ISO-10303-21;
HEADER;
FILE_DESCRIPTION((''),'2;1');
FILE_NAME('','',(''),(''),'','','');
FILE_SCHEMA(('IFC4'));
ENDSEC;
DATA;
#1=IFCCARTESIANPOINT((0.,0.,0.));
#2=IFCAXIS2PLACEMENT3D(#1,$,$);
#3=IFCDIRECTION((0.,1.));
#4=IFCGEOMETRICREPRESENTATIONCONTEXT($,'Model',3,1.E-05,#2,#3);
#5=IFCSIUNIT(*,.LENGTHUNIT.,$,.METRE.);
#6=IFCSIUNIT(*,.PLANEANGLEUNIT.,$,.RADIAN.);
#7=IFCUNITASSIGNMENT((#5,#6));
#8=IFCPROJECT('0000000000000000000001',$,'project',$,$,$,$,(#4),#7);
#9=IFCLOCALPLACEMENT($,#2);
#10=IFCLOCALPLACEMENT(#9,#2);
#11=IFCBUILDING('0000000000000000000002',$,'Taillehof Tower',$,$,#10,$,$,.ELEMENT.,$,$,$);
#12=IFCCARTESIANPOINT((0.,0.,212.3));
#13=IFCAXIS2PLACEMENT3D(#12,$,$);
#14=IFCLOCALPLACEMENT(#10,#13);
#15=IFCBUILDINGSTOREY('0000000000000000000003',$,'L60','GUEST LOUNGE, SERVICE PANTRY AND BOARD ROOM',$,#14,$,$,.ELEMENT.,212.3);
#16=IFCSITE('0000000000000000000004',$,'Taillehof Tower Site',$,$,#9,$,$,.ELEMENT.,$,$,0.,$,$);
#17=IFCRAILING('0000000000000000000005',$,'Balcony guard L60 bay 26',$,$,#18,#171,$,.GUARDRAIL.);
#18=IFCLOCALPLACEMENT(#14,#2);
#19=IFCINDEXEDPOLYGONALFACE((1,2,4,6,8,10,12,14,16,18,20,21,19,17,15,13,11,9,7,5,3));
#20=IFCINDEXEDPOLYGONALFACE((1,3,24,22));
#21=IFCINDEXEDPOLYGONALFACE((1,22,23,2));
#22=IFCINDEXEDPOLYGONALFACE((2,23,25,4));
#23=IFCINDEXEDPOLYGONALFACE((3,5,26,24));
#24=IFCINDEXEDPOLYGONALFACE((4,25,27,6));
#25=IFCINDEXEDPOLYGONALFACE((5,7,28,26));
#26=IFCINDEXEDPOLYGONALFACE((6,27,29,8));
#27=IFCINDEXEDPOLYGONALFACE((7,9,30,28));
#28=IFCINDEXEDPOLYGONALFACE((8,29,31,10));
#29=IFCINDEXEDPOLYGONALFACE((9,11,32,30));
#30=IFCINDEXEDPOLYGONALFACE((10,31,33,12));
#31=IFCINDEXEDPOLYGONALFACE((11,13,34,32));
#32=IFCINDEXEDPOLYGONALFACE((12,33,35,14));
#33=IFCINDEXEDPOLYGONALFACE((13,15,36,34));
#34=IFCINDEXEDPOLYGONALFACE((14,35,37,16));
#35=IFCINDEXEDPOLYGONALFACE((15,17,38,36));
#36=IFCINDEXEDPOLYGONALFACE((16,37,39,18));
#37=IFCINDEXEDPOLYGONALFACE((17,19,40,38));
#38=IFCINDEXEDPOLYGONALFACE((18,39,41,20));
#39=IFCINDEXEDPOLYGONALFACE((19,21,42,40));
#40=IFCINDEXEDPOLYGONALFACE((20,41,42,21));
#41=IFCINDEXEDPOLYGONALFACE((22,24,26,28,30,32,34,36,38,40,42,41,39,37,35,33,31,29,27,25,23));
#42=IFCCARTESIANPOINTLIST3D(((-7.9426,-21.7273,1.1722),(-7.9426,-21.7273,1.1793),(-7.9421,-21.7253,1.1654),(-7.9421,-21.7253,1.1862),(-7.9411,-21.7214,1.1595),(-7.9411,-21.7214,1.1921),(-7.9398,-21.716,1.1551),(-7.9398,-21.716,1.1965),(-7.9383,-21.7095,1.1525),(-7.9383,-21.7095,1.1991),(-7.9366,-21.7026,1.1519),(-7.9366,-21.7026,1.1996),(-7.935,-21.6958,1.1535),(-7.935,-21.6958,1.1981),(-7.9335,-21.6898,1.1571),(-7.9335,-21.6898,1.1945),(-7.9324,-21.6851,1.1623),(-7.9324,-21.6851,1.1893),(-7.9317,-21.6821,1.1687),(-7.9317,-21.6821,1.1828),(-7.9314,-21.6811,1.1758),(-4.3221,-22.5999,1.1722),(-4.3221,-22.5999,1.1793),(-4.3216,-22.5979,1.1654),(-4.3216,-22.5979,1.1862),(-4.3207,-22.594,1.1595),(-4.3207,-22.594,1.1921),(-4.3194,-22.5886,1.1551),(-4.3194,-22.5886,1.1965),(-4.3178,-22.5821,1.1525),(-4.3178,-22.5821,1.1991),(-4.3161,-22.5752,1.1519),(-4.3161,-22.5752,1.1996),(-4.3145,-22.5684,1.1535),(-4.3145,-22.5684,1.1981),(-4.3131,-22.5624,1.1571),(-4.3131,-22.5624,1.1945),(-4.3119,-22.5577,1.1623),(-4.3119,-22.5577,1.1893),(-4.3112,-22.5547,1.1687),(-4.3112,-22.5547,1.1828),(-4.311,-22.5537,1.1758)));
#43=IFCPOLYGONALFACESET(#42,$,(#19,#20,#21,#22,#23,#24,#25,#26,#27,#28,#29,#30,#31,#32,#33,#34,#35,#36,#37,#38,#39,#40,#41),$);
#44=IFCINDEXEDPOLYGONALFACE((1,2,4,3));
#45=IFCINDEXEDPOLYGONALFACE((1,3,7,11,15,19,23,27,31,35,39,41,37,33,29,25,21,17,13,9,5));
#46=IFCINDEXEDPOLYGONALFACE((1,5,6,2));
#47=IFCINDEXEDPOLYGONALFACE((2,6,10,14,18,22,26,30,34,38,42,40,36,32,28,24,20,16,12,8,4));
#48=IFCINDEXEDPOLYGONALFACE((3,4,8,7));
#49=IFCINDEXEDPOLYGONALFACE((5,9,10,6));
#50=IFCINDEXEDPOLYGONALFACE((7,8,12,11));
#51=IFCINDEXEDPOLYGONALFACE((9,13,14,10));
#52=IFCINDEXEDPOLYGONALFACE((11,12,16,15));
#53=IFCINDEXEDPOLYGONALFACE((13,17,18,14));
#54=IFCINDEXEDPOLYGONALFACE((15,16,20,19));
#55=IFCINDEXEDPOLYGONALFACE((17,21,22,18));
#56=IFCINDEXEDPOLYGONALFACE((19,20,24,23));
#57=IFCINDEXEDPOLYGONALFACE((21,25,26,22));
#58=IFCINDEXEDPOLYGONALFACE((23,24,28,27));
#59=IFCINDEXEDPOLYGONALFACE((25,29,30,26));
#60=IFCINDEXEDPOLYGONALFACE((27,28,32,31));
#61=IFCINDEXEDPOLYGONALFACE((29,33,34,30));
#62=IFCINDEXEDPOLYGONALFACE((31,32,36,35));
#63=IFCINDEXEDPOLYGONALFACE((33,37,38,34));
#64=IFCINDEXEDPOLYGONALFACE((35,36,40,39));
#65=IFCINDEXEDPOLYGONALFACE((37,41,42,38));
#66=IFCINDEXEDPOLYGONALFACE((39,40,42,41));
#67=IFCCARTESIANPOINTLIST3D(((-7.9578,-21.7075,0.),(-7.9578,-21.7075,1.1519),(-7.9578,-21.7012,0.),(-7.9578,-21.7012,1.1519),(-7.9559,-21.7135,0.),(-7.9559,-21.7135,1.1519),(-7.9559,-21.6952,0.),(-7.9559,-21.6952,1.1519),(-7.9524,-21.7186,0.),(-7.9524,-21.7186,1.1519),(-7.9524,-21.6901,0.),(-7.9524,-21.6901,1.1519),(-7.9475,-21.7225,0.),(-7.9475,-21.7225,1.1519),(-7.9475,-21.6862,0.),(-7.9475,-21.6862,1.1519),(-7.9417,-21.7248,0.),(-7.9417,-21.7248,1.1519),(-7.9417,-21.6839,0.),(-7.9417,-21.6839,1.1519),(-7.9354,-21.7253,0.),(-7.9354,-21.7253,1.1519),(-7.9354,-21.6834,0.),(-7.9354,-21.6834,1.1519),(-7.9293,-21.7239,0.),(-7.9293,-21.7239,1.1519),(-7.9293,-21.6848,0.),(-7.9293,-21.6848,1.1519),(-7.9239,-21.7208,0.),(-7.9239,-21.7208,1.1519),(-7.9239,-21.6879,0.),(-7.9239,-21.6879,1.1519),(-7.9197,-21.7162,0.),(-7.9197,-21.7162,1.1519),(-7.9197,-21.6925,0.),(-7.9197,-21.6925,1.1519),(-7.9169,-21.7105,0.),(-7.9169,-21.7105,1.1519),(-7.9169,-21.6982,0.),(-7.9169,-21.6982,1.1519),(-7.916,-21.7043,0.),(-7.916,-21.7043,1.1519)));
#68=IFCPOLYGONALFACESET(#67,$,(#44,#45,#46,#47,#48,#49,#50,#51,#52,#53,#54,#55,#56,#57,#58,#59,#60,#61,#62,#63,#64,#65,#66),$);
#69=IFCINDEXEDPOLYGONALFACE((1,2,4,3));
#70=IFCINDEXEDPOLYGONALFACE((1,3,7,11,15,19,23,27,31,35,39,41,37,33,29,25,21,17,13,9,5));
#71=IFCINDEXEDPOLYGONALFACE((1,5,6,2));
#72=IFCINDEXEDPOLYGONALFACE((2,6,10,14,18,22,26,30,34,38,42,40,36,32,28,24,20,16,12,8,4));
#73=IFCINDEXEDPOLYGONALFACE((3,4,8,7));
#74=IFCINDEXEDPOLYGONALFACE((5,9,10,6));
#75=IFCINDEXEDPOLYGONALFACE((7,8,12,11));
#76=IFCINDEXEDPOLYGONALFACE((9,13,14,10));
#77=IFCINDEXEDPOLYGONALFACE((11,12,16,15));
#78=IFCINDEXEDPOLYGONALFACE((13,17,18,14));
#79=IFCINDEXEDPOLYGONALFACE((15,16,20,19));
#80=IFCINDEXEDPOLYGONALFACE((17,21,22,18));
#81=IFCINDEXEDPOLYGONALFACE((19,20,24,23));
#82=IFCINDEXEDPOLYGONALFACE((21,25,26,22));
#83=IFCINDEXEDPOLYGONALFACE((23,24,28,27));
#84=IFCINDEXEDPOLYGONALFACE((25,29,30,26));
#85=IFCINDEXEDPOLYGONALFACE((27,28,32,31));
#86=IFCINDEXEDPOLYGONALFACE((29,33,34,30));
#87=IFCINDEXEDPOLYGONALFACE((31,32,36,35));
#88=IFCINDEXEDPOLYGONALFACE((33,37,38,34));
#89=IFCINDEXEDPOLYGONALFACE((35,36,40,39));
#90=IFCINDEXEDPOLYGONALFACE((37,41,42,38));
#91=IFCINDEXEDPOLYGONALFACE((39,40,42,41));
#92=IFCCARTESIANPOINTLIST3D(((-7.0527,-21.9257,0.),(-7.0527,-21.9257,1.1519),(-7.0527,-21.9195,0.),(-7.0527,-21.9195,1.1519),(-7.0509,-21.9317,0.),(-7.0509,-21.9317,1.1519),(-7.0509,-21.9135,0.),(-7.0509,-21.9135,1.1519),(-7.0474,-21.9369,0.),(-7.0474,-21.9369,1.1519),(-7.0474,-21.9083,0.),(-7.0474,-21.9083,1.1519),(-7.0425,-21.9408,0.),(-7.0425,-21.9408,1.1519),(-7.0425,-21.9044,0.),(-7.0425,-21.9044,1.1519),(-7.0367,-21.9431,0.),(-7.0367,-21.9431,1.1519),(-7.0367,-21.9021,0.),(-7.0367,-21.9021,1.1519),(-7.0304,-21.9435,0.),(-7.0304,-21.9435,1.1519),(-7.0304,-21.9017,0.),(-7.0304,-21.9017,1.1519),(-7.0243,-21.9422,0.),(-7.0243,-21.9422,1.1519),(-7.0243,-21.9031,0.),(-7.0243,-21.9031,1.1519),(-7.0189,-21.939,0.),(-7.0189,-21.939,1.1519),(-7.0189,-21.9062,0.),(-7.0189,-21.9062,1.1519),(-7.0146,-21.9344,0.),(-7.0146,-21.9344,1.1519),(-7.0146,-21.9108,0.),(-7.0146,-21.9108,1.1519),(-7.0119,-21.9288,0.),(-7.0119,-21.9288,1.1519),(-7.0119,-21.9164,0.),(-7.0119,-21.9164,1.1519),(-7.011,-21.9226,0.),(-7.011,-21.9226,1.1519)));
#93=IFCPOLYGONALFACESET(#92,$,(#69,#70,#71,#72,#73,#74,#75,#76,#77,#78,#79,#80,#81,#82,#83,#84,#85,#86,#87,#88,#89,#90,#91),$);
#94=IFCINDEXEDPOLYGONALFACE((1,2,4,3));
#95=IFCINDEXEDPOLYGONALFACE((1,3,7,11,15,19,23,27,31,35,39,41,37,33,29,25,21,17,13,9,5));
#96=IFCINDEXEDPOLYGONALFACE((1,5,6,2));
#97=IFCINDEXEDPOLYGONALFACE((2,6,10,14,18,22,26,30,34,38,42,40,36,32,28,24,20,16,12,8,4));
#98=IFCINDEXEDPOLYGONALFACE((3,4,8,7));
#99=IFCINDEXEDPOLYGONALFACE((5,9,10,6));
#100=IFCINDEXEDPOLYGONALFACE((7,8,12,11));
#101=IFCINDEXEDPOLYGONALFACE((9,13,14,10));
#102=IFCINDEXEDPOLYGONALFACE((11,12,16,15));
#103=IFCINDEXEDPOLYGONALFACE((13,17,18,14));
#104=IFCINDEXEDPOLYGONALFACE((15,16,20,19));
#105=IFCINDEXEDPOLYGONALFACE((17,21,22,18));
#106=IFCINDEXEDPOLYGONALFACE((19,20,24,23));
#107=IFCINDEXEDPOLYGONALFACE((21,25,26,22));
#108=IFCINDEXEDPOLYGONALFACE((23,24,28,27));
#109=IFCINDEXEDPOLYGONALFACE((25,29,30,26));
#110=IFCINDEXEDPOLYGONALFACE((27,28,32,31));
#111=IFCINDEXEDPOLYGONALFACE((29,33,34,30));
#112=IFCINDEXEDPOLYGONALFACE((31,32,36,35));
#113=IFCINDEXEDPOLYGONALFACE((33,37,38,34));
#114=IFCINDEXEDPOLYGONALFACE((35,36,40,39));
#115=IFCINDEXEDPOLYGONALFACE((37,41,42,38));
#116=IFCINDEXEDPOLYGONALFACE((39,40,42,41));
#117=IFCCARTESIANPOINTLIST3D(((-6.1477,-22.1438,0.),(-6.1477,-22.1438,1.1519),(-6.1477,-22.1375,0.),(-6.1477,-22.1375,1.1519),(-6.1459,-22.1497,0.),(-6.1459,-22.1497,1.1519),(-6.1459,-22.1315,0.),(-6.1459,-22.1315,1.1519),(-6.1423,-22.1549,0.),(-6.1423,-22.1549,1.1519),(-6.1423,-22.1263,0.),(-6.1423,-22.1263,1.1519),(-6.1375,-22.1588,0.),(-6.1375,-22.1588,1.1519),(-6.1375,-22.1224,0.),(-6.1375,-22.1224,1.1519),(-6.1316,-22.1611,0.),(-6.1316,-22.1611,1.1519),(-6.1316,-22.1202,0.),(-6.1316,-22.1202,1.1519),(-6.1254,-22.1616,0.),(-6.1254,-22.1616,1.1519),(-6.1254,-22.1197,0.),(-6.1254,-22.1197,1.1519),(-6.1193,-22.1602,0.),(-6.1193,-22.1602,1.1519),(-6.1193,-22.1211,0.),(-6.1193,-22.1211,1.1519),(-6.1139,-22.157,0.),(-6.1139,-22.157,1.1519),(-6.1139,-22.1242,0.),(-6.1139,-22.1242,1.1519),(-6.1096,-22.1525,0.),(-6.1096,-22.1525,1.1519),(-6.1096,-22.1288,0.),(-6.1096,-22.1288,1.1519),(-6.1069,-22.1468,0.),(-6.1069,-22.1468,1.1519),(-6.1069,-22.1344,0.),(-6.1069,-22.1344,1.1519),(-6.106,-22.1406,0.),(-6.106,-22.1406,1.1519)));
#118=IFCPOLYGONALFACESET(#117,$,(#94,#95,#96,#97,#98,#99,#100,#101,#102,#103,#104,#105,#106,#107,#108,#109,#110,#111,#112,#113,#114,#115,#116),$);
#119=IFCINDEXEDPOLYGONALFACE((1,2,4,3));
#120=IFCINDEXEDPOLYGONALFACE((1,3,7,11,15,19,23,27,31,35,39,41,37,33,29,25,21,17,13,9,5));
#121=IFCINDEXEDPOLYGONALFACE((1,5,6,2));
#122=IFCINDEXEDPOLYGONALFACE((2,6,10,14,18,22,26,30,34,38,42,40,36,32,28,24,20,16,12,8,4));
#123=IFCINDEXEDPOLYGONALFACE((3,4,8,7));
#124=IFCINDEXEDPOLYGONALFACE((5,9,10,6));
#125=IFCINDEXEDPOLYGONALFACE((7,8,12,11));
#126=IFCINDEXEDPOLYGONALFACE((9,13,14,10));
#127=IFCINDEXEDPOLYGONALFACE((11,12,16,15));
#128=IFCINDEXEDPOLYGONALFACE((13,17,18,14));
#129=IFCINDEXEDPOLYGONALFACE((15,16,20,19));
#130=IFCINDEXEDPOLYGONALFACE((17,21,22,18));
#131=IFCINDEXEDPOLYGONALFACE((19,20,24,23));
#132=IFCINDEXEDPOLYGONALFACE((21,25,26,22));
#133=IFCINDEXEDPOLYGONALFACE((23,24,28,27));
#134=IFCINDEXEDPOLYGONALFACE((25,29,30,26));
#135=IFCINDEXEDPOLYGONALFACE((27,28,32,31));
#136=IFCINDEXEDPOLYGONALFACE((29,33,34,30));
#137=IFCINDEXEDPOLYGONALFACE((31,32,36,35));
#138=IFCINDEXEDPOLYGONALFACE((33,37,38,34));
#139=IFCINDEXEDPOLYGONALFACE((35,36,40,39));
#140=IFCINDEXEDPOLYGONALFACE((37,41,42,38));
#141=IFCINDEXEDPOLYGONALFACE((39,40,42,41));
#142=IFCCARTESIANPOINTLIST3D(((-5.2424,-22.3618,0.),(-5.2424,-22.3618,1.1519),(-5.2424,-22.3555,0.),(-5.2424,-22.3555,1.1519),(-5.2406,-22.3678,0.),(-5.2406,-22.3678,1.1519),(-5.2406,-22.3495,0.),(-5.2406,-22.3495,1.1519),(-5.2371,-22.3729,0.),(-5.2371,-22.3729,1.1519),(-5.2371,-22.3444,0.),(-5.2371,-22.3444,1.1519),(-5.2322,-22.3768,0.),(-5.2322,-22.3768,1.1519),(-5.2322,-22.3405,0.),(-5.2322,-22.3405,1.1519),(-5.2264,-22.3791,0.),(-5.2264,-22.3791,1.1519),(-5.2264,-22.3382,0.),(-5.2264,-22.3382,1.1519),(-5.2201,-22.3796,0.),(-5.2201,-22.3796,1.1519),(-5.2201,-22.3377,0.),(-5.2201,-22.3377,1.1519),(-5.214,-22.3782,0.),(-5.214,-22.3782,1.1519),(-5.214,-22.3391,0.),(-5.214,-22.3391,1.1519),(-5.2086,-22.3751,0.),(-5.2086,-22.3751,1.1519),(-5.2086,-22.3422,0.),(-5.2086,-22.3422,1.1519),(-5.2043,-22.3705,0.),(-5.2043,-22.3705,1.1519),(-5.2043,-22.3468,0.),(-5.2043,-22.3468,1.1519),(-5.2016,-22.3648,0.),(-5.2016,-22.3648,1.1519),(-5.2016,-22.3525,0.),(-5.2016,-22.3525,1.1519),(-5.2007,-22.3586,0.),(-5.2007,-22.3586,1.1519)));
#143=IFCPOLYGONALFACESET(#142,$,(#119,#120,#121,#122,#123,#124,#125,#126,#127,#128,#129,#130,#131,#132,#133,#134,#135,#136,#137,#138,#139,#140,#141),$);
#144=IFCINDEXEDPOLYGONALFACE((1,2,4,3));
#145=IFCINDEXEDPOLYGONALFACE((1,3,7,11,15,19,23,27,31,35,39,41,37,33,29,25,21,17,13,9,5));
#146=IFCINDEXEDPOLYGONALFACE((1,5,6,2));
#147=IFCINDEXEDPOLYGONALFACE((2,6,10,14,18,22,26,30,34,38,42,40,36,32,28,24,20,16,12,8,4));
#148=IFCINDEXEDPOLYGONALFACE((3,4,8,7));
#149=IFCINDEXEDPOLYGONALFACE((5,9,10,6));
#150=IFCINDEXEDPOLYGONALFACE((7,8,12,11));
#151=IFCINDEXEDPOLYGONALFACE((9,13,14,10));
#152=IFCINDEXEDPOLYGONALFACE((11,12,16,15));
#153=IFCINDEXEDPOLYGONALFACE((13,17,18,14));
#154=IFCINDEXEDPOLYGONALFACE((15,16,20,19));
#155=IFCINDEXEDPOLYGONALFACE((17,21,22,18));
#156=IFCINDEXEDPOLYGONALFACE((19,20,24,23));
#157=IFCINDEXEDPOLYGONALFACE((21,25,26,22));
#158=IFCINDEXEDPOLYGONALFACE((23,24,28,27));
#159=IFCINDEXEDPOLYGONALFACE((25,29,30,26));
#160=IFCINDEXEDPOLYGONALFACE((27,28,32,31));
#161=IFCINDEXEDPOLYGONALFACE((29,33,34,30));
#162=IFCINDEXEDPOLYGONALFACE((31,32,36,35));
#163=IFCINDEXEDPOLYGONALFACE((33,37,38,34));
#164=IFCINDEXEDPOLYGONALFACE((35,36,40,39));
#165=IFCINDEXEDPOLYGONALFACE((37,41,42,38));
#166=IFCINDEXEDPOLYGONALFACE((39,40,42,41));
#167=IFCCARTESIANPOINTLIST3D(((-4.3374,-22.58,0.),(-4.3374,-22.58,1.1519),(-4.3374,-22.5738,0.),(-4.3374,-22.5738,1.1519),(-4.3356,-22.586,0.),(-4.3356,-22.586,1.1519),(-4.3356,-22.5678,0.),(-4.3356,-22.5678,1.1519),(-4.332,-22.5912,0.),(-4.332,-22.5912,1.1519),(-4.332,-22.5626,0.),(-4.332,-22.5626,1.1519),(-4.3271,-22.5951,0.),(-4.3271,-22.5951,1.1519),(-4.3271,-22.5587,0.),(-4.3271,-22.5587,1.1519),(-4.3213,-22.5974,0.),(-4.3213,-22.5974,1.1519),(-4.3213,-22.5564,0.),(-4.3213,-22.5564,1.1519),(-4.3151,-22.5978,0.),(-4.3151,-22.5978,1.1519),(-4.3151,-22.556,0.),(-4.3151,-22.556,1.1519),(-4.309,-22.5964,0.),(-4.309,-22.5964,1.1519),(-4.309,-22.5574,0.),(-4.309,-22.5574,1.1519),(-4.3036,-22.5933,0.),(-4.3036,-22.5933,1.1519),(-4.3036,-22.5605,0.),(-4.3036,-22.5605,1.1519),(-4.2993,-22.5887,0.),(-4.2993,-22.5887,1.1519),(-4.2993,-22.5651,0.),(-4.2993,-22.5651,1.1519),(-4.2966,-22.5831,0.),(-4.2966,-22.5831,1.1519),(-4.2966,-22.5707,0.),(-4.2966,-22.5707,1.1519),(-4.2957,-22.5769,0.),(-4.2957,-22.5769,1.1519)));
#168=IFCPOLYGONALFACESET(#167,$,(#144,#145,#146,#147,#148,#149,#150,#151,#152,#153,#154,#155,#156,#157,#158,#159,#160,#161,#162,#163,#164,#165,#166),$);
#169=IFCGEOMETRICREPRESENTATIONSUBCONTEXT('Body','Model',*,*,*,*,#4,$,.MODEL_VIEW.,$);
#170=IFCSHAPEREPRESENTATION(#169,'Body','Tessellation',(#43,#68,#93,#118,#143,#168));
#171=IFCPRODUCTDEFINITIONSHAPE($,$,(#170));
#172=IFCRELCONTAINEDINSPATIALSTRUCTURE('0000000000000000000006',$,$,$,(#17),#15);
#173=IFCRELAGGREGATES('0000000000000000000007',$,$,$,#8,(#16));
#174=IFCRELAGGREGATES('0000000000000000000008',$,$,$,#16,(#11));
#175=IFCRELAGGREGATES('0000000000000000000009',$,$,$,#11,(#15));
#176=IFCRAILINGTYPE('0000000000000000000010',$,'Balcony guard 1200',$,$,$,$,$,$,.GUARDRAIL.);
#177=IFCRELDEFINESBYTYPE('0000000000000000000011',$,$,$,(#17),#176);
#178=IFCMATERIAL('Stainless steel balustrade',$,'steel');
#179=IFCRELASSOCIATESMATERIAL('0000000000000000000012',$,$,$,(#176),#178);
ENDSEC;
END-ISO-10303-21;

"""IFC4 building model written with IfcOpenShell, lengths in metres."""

from ifc_helpers import new_model, si_unit, direction, frame, origin, origin_2d, place, context, subcontext, project, spatial, circle, extrude, material, type_object, element, save


model = new_model("IFC4")

# Units and contexts
model_context = context("Model", 3, precision=1e-05, world=origin(), true_north=direction((0.0, 1.0)))
body_context = subcontext(model_context, "Body", "Model", "MODEL_VIEW")
ifc_project = project(units=[si_unit("LENGTHUNIT", "METRE"), si_unit("PLANEANGLEUNIT", "RADIAN")], contexts=[model_context])

# Site, building, storey
site_placement = place(None, origin())
site = spatial("IfcSite", under=ifc_project, at=site_placement, Name="Taillehof Tower Site", CompositionType="ELEMENT", RefElevation=0.0)
building_placement = place(site_placement, origin())
building = spatial("IfcBuilding", under=site, at=building_placement, Name="Taillehof Tower", CompositionType="ELEMENT")
storey_placement = place(building_placement, frame((0.0, 0.0, 212.3)))
storey = spatial("IfcBuildingStorey", under=building, at=storey_placement, Name="L60", Description="GUEST LOUNGE, SERVICE PANTRY AND BOARD ROOM", CompositionType="ELEMENT", Elevation=212.3)

# Railing
ifc_material_1 = material(Name="Stainless steel balustrade", Category="steel")
railing_type = type_object("IfcRailingType", Name="Balcony guard 1200", PredefinedType="GUARDRAIL", material=ifc_material_1)
railing_1_placement = place(storey_placement, frame((-7.937, -21.7043, 0.0)))
element("IfcRailing", 1, at=railing_1_placement, inside=storey, type_object=railing_type, Name="Balcony guard L60 bay 26", PredefinedType="GUARDRAIL", context=body_context, shape_type="SweptSolid", body=[
    extrude(circle(Radius=0.0239, at=origin_2d()), frame((0.0, 0.0, 1.1758), z_axis=(0.972163, -0.234305, 0.0), x_axis=(0.234305, 0.972163, 0.0)), (0.0, 0.0, 1.0), 3.7241),
    extrude(circle(Radius=0.021, at=origin_2d()), origin(), (0.0, 0.0, 1.0), 1.1519),
    extrude(circle(Radius=0.021, at=origin_2d()), frame((0.905, -0.2183, 0.0)), (0.0, 0.0, 1.0), 1.1519),
    extrude(circle(Radius=0.021, at=origin_2d()), frame((1.8101, -0.4363, 0.0)), (0.0, 0.0, 1.0), 1.1519),
    extrude(circle(Radius=0.021, at=origin_2d()), frame((2.7153, -0.6543, 0.0)), (0.0, 0.0, 1.0), 1.1519),
    extrude(circle(Radius=0.021, at=origin_2d()), frame((3.6204, -0.8726, 0.0)), (0.0, 0.0, 1.0), 1.1519),
])

save(model, "model.ifc")
